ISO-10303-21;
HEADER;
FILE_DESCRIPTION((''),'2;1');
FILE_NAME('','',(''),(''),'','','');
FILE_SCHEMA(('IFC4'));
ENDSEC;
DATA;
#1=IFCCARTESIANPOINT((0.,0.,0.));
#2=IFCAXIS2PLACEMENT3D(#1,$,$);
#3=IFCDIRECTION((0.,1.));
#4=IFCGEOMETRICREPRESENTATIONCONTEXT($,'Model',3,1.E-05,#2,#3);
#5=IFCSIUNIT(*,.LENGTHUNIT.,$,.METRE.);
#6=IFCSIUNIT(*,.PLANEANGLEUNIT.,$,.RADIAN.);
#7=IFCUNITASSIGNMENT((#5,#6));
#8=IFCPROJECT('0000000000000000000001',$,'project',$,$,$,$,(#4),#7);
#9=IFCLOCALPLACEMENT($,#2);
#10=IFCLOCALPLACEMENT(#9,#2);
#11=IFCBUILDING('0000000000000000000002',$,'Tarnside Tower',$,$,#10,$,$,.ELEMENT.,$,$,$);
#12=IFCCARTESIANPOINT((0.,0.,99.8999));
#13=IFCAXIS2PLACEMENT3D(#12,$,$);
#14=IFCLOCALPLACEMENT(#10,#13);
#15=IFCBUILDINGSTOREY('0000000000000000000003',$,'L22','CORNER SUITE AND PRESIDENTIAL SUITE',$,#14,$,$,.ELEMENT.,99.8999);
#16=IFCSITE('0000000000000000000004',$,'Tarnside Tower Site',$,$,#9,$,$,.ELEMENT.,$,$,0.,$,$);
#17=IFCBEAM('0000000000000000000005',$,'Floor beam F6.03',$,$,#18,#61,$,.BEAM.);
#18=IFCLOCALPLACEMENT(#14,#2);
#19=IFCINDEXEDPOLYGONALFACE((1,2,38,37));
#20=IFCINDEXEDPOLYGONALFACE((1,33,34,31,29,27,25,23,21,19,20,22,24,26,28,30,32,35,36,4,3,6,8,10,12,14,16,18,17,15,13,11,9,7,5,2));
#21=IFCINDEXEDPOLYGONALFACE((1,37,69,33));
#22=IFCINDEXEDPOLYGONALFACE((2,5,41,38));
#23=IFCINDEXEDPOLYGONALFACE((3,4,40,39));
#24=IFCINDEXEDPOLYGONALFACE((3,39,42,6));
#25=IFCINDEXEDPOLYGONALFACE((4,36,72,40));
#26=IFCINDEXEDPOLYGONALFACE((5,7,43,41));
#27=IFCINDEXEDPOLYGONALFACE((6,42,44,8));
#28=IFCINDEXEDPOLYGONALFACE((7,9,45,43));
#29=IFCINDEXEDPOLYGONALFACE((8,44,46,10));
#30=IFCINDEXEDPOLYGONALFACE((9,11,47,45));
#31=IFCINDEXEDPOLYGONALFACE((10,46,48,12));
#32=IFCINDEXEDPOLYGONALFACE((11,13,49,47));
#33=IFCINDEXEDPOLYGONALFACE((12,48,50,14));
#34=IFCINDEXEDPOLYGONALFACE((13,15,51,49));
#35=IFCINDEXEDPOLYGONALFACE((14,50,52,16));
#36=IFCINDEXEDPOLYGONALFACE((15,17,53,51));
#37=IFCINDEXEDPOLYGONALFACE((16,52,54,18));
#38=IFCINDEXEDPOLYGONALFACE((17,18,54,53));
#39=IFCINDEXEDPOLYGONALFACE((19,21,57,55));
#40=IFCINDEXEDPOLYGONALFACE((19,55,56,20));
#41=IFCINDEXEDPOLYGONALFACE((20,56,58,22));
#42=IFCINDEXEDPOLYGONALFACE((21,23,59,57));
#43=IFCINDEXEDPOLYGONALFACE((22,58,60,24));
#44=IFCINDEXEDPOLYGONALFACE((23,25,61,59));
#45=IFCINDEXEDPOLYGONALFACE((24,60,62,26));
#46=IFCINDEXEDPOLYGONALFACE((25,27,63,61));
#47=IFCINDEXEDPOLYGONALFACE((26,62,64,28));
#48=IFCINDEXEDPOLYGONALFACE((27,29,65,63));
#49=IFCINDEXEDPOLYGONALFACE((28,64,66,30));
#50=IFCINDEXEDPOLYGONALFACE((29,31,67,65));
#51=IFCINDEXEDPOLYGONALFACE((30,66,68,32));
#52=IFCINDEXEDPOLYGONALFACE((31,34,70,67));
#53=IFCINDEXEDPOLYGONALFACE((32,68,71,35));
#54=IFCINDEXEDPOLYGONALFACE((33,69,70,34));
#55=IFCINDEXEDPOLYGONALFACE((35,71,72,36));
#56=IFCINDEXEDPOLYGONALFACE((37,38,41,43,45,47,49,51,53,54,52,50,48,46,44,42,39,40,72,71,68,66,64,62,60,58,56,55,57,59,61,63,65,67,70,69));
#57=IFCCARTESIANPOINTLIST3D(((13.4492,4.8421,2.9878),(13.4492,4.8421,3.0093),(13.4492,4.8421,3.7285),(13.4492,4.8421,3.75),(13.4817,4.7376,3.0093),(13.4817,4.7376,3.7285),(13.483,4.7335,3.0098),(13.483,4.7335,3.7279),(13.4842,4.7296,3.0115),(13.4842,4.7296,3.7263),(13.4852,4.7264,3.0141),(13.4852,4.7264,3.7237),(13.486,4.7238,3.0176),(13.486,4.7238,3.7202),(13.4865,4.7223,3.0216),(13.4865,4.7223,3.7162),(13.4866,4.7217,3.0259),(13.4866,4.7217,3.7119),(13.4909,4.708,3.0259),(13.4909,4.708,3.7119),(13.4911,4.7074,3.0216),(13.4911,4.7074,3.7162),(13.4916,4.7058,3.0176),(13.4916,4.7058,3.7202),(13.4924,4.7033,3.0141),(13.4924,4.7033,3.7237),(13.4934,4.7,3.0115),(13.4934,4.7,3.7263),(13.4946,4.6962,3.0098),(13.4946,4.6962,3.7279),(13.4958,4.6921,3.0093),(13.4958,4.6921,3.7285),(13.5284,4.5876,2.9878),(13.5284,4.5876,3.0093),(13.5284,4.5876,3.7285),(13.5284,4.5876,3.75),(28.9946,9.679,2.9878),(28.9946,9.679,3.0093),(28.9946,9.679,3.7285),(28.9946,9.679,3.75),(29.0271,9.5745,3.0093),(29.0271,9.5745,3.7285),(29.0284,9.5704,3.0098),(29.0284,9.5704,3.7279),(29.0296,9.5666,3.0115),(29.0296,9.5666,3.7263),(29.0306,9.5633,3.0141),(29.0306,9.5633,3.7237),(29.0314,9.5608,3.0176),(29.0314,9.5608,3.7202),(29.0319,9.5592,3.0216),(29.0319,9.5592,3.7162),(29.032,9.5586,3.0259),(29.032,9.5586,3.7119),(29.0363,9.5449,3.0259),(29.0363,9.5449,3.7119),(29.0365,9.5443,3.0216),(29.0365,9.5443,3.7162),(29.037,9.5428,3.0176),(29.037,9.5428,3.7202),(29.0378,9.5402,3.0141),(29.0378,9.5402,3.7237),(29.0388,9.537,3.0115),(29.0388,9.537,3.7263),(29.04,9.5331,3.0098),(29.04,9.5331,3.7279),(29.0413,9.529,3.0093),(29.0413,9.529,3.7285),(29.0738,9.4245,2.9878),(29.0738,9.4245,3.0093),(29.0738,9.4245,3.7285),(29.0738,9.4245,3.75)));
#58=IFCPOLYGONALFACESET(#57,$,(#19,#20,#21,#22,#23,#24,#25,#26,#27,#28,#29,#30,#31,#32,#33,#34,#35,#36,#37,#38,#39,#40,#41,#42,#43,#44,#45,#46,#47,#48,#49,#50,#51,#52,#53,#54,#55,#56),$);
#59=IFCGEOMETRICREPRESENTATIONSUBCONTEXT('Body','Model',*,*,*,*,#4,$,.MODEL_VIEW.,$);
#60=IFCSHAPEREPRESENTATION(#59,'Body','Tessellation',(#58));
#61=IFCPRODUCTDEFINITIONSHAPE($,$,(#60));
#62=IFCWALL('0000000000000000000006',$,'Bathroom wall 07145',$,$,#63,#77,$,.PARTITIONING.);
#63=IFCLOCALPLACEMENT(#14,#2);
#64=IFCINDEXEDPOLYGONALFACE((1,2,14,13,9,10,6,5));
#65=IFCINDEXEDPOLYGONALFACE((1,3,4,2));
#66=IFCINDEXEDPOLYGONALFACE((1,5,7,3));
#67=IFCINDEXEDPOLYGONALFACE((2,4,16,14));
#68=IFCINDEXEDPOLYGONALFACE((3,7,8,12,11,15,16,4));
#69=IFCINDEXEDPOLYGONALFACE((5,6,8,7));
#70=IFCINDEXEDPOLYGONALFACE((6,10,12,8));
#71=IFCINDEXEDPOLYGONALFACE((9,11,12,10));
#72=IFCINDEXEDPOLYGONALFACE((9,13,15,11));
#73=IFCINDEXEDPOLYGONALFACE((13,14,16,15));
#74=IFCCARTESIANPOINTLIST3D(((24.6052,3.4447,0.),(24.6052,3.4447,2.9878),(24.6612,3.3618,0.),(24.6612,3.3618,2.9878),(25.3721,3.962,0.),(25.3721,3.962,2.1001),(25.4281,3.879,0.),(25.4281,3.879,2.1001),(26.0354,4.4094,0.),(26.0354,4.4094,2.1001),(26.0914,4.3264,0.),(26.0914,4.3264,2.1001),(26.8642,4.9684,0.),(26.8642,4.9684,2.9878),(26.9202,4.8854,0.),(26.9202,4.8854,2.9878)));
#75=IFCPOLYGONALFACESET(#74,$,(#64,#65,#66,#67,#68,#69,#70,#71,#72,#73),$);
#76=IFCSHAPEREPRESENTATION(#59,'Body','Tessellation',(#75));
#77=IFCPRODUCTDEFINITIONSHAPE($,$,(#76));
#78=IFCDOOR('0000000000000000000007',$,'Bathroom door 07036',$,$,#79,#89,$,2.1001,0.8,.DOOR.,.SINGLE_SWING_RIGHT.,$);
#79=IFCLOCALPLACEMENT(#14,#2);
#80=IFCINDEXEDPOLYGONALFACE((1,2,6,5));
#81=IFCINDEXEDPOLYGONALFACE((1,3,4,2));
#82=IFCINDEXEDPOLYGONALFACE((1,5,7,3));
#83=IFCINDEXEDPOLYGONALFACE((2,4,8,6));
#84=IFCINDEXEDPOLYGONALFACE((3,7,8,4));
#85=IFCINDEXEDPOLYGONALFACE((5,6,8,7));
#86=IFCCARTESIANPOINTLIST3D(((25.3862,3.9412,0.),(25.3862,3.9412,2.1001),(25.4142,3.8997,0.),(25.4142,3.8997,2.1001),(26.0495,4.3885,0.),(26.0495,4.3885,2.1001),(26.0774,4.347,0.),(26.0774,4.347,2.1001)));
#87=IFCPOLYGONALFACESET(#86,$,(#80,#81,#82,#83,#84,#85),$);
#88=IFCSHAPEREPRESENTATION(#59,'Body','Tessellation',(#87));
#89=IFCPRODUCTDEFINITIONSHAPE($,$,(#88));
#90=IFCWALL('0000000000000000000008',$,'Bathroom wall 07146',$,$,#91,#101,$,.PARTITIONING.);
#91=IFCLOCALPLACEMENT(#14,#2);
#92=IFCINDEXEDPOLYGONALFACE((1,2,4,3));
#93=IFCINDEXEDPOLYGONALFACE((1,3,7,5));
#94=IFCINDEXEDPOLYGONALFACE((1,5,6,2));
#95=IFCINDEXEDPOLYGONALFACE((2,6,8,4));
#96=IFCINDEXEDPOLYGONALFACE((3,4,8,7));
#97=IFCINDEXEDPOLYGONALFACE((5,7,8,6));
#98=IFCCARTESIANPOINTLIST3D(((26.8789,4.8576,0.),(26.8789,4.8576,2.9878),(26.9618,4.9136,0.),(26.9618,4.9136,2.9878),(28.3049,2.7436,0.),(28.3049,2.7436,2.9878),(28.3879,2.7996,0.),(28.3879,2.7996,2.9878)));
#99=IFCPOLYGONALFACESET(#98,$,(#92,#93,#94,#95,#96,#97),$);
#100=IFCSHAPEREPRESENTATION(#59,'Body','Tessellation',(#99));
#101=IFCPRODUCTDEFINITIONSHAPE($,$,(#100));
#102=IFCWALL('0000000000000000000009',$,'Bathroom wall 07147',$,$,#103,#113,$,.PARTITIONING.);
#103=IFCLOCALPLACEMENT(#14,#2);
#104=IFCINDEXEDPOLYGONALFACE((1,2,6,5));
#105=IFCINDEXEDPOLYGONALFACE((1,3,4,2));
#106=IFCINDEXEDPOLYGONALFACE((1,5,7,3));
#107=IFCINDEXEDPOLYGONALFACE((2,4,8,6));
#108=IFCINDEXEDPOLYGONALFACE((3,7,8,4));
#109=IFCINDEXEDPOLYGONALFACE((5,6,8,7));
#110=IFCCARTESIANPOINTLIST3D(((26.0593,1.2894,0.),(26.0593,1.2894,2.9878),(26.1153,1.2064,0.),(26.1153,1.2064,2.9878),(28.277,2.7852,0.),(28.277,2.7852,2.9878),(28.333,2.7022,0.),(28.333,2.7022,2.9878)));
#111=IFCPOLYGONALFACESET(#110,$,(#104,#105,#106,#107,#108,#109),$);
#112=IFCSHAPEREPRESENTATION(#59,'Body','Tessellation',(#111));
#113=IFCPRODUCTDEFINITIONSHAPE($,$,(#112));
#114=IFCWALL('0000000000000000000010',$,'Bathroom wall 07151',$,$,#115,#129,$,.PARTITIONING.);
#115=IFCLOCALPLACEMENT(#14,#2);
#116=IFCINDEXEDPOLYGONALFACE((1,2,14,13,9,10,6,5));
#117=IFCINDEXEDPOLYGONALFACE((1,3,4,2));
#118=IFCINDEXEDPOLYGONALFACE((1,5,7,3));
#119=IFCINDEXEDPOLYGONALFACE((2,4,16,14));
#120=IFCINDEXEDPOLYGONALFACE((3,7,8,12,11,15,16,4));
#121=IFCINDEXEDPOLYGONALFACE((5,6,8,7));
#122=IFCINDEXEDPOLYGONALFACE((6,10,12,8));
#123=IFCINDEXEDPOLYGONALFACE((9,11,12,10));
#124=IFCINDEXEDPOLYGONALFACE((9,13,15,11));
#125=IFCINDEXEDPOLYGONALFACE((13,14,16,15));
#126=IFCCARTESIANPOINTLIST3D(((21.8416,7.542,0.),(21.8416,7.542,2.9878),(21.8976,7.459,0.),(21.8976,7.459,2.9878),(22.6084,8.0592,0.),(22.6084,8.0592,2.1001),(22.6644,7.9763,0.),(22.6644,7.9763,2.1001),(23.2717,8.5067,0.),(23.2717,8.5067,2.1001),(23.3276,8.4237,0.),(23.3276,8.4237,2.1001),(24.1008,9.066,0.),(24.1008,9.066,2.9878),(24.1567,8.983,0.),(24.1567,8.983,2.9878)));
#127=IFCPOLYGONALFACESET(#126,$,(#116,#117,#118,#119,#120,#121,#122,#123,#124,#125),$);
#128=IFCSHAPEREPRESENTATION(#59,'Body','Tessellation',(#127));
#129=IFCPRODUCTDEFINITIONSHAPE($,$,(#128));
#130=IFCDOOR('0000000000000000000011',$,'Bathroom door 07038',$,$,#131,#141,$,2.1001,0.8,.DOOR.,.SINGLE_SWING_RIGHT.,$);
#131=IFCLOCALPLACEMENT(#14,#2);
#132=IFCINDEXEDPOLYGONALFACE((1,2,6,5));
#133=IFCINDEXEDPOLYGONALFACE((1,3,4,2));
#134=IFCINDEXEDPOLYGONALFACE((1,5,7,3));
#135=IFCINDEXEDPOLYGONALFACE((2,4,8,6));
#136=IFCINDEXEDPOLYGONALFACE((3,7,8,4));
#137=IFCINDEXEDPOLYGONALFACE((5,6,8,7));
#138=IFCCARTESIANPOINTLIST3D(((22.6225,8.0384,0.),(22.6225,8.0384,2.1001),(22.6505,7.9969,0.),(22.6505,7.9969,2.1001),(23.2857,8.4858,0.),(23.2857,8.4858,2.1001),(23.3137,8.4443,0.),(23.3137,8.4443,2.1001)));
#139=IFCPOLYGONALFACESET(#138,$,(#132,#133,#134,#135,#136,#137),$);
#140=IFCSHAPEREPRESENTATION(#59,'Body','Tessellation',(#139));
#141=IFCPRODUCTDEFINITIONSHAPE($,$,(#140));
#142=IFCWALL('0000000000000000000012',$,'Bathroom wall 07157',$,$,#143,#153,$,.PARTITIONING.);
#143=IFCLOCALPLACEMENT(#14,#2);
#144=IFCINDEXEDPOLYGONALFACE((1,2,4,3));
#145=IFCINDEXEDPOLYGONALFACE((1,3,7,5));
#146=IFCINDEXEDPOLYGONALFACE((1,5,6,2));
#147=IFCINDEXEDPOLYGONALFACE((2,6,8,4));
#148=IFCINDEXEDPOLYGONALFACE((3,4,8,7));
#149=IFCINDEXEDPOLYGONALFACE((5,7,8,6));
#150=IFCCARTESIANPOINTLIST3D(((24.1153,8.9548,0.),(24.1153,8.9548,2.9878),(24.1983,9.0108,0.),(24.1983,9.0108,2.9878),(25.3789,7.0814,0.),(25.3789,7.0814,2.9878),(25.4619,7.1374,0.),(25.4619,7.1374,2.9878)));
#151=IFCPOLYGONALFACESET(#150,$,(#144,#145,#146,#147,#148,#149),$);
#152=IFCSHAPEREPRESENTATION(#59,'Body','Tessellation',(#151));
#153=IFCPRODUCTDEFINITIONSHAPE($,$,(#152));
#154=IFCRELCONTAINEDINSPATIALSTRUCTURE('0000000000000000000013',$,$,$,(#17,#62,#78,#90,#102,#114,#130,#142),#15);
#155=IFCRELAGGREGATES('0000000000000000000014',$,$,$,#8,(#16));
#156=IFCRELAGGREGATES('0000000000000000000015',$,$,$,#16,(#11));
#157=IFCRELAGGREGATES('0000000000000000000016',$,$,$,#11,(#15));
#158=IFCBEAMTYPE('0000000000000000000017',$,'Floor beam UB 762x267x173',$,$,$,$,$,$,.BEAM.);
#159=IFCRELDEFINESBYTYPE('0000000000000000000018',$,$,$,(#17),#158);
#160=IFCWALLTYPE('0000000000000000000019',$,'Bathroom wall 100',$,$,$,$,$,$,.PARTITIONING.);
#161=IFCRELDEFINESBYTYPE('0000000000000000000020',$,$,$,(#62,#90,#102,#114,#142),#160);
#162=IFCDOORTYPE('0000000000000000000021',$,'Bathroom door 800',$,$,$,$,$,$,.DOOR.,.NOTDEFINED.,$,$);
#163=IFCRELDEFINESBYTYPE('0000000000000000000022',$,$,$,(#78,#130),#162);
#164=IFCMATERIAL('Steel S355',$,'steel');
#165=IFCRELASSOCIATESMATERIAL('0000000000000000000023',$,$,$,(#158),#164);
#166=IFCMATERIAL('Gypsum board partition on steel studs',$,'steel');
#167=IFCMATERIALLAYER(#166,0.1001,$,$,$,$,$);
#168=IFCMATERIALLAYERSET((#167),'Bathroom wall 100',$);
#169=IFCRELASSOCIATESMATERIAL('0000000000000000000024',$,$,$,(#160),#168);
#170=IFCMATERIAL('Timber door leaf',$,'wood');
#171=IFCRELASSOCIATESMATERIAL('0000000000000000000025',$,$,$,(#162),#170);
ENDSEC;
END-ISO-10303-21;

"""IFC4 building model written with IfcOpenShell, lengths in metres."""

from ifc_helpers import new_model, si_unit, direction, frame, frame_2d, origin, origin_2d, place, context, subcontext, project, spatial, rectangle, i_section, extrude, material, layer, layer_set, material_profile, profile_set, type_object, element, fill, save


model = new_model("IFC4")

# Units and contexts
model_context = context("Model", 3, precision=1e-05, world=origin(), true_north=direction((0.0, 1.0)))
body_context = subcontext(model_context, "Body", "Model", "MODEL_VIEW")
ifc_project = project(units=[si_unit("LENGTHUNIT", "METRE"), si_unit("PLANEANGLEUNIT", "RADIAN")], contexts=[model_context])

# Site, building, storey
site_placement = place(None, origin())
site = spatial("IfcSite", under=ifc_project, at=site_placement, Name="Tarnside Tower Site", CompositionType="ELEMENT", RefElevation=0.0)
building_placement = place(site_placement, origin())
building = spatial("IfcBuilding", under=site, at=building_placement, Name="Tarnside Tower", CompositionType="ELEMENT")
storey_placement = place(building_placement, frame((0.0, 0.0, 99.8999)))
storey = spatial("IfcBuildingStorey", under=building, at=storey_placement, Name="L22", Description="CORNER SUITE AND PRESIDENTIAL SUITE", CompositionType="ELEMENT", Elevation=99.8999)

# Beam
ifc_material_1 = material(Name="Steel S355", Category="steel")
ifc_material_profile = material_profile(ifc_material_1, i_section(OverallWidth=0.2666, OverallDepth=0.7622, WebThickness=0.0144, FlangeThickness=0.0215, FilletRadius=0.0166, at=origin_2d()), Name="UB 762x267x173")
ifc_profile_set = profile_set([ifc_material_profile], Name="Steel S355")
beam_type = type_object("IfcBeamType", Name="Floor beam UB 762x267x173", PredefinedType="BEAM", material=ifc_profile_set)
beam_placement = place(storey_placement, frame((29.0342, 9.5518, 3.3689), z_axis=(-0.954847, -0.297098, 0.0), x_axis=(0.297098, -0.954847, 0.0)))
element("IfcBeam", 1, at=beam_placement, inside=storey, type_object=beam_type, Name="Floor beam F6.03", PredefinedType="BEAM", context=body_context, shape_type="SweptSolid", body=[
    extrude(i_section(OverallWidth=0.2666, OverallDepth=0.7622, WebThickness=0.0144, FlangeThickness=0.0215, FilletRadius=0.0166, at=origin_2d()), origin(), (0.0, 0.0, 1.0), 16.2805),
])

# Wall, opening, door
ifc_material_2 = material(Name="Gypsum board partition on steel studs", Category="steel")
ifc_layer_1 = layer(ifc_material_2, 0.1001)
ifc_layer_set_1 = layer_set([ifc_layer_1], Name="Bathroom wall 100")
wall_type_1 = type_object("IfcWallType", Name="Bathroom wall 100", PredefinedType="PARTITIONING", material=ifc_layer_set_1)
wall_1_placement = place(storey_placement, frame((24.6333, 3.4033, 0.0), z_axis=(0.0, 0.0, 1.0), x_axis=(0.829047, 0.559179, 0.0)))
wall_1 = element("IfcWall", 2, at=wall_1_placement, inside=storey, type_object=wall_type_1, Name="Bathroom wall 07145", PredefinedType="PARTITIONING", context=body_context, shape_type="SweptSolid", body=[
    extrude(rectangle(XDim=2.7249, YDim=0.1001, at=frame_2d((1.3623, 0.0))), origin(), (0.0, 0.0, 1.0), 2.9878),
])
opening_1_placement = place(wall_1_placement, frame((0.925, 0.0, 0.0)))
opening_1 = element("IfcOpeningElement", 3, at=opening_1_placement, cuts=wall_1, PredefinedType="OPENING", context=body_context, shape_type="SweptSolid", body=[
    extrude(rectangle(XDim=0.8, YDim=2.1001, at=frame_2d((0.3999, 1.05))), frame((0.0, 0.0601, 0.0), z_axis=(0.0, -1.0, 0.0), x_axis=(1.0, 0.0, 0.0)), (0.0, 0.0, 1.0), 0.1201),
])
ifc_material_3 = material(Name="Timber door leaf", Category="wood")
door_type_1 = type_object("IfcDoorType", Name="Bathroom door 800", OperationType="NOTDEFINED", PredefinedType="DOOR", material=ifc_material_3)
door_1_placement = place(opening_1_placement, origin())
door_1 = element("IfcDoor", 4, at=door_1_placement, inside=storey, type_object=door_type_1, Name="Bathroom door 07036", OperationType="SINGLE_SWING_RIGHT", OverallHeight=2.1001, OverallWidth=0.8, PredefinedType="DOOR", context=body_context, shape_type="SweptSolid", body=[
    extrude(rectangle(XDim=0.8, YDim=2.1001, at=frame_2d((0.3999, 1.05))), frame((0.0, 0.0249, 0.0), z_axis=(0.0, -1.0, 0.0), x_axis=(1.0, 0.0, 0.0)), (0.0, 0.0, 1.0), 0.05),
])
fill(opening_1, door_1)

# Walls
wall_2_placement = place(storey_placement, frame((26.9204, 4.8855, 0.0), z_axis=(0.0, 0.0, 1.0), x_axis=(0.559221, -0.829018, 0.0)))
element("IfcWall", 5, at=wall_2_placement, inside=storey, type_object=wall_type_1, Name="Bathroom wall 07146", PredefinedType="PARTITIONING", context=body_context, shape_type="SweptSolid", body=[
    extrude(rectangle(XDim=2.55, YDim=0.1001, at=frame_2d((1.2749, 0.0))), origin(), (0.0, 0.0, 1.0), 2.9878),
])
wall_3_placement = place(storey_placement, frame((28.3049, 2.7437, 0.0), z_axis=(0.0, 0.0, 1.0), x_axis=(-0.829048, -0.559178, 0.0)))
element("IfcWall", 6, at=wall_3_placement, inside=storey, type_object=wall_type_1, Name="Bathroom wall 07147", PredefinedType="PARTITIONING", context=body_context, shape_type="SweptSolid", body=[
    extrude(rectangle(XDim=2.675, YDim=0.1001, at=frame_2d((1.3374, 0.0))), origin(), (0.0, 0.0, 1.0), 2.9878),
])

# Wall, opening, door
wall_4_placement = place(storey_placement, frame((21.8696, 7.5005, 0.0), z_axis=(0.0, 0.0, 1.0), x_axis=(0.829005, 0.55924, 0.0)))
wall_4 = element("IfcWall", 7, at=wall_4_placement, inside=storey, type_object=wall_type_1, Name="Bathroom wall 07151", PredefinedType="PARTITIONING", context=body_context, shape_type="SweptSolid", body=[
    extrude(rectangle(XDim=2.7251, YDim=0.1001, at=frame_2d((1.3625, 0.0))), origin(), (0.0, 0.0, 1.0), 2.9878),
])
opening_2_placement = place(wall_4_placement, frame((0.925, 0.0, 0.0)))
opening_2 = element("IfcOpeningElement", 8, at=opening_2_placement, cuts=wall_4, PredefinedType="OPENING", context=body_context, shape_type="SweptSolid", body=[
    extrude(rectangle(XDim=0.8, YDim=2.1001, at=frame_2d((0.3999, 1.05))), frame((0.0, 0.0601, 0.0), z_axis=(0.0, -1.0, 0.0), x_axis=(1.0, 0.0, 0.0)), (0.0, 0.0, 1.0), 0.1201),
])
door_2_placement = place(opening_2_placement, origin())
door_2 = element("IfcDoor", 9, at=door_2_placement, inside=storey, type_object=door_type_1, Name="Bathroom door 07038", OperationType="SINGLE_SWING_RIGHT", OverallHeight=2.1001, OverallWidth=0.8, PredefinedType="DOOR", context=body_context, shape_type="SweptSolid", body=[
    extrude(rectangle(XDim=0.8, YDim=2.1001, at=frame_2d((0.3999, 1.05))), frame((0.0, 0.0249, 0.0), z_axis=(0.0, -1.0, 0.0), x_axis=(1.0, 0.0, 0.0)), (0.0, 0.0, 1.0), 0.05),
])
fill(opening_2, door_2)

# Wall
wall_5_placement = place(storey_placement, frame((25.4204, 7.1094, 0.0), z_axis=(0.0, 0.0, 1.0), x_axis=(-0.55918, 0.829047, 0.0)))
element("IfcWall", 10, at=wall_5_placement, inside=storey, type_object=wall_type_1, Name="Bathroom wall 07157", PredefinedType="PARTITIONING", context=body_context, shape_type="SweptSolid", body=[
    extrude(rectangle(XDim=2.2598, YDim=0.1001, at=frame_2d((1.1299, 0.0))), origin(), (0.0, 0.0, 1.0), 2.9878),
])

save(model, "model.ifc")
